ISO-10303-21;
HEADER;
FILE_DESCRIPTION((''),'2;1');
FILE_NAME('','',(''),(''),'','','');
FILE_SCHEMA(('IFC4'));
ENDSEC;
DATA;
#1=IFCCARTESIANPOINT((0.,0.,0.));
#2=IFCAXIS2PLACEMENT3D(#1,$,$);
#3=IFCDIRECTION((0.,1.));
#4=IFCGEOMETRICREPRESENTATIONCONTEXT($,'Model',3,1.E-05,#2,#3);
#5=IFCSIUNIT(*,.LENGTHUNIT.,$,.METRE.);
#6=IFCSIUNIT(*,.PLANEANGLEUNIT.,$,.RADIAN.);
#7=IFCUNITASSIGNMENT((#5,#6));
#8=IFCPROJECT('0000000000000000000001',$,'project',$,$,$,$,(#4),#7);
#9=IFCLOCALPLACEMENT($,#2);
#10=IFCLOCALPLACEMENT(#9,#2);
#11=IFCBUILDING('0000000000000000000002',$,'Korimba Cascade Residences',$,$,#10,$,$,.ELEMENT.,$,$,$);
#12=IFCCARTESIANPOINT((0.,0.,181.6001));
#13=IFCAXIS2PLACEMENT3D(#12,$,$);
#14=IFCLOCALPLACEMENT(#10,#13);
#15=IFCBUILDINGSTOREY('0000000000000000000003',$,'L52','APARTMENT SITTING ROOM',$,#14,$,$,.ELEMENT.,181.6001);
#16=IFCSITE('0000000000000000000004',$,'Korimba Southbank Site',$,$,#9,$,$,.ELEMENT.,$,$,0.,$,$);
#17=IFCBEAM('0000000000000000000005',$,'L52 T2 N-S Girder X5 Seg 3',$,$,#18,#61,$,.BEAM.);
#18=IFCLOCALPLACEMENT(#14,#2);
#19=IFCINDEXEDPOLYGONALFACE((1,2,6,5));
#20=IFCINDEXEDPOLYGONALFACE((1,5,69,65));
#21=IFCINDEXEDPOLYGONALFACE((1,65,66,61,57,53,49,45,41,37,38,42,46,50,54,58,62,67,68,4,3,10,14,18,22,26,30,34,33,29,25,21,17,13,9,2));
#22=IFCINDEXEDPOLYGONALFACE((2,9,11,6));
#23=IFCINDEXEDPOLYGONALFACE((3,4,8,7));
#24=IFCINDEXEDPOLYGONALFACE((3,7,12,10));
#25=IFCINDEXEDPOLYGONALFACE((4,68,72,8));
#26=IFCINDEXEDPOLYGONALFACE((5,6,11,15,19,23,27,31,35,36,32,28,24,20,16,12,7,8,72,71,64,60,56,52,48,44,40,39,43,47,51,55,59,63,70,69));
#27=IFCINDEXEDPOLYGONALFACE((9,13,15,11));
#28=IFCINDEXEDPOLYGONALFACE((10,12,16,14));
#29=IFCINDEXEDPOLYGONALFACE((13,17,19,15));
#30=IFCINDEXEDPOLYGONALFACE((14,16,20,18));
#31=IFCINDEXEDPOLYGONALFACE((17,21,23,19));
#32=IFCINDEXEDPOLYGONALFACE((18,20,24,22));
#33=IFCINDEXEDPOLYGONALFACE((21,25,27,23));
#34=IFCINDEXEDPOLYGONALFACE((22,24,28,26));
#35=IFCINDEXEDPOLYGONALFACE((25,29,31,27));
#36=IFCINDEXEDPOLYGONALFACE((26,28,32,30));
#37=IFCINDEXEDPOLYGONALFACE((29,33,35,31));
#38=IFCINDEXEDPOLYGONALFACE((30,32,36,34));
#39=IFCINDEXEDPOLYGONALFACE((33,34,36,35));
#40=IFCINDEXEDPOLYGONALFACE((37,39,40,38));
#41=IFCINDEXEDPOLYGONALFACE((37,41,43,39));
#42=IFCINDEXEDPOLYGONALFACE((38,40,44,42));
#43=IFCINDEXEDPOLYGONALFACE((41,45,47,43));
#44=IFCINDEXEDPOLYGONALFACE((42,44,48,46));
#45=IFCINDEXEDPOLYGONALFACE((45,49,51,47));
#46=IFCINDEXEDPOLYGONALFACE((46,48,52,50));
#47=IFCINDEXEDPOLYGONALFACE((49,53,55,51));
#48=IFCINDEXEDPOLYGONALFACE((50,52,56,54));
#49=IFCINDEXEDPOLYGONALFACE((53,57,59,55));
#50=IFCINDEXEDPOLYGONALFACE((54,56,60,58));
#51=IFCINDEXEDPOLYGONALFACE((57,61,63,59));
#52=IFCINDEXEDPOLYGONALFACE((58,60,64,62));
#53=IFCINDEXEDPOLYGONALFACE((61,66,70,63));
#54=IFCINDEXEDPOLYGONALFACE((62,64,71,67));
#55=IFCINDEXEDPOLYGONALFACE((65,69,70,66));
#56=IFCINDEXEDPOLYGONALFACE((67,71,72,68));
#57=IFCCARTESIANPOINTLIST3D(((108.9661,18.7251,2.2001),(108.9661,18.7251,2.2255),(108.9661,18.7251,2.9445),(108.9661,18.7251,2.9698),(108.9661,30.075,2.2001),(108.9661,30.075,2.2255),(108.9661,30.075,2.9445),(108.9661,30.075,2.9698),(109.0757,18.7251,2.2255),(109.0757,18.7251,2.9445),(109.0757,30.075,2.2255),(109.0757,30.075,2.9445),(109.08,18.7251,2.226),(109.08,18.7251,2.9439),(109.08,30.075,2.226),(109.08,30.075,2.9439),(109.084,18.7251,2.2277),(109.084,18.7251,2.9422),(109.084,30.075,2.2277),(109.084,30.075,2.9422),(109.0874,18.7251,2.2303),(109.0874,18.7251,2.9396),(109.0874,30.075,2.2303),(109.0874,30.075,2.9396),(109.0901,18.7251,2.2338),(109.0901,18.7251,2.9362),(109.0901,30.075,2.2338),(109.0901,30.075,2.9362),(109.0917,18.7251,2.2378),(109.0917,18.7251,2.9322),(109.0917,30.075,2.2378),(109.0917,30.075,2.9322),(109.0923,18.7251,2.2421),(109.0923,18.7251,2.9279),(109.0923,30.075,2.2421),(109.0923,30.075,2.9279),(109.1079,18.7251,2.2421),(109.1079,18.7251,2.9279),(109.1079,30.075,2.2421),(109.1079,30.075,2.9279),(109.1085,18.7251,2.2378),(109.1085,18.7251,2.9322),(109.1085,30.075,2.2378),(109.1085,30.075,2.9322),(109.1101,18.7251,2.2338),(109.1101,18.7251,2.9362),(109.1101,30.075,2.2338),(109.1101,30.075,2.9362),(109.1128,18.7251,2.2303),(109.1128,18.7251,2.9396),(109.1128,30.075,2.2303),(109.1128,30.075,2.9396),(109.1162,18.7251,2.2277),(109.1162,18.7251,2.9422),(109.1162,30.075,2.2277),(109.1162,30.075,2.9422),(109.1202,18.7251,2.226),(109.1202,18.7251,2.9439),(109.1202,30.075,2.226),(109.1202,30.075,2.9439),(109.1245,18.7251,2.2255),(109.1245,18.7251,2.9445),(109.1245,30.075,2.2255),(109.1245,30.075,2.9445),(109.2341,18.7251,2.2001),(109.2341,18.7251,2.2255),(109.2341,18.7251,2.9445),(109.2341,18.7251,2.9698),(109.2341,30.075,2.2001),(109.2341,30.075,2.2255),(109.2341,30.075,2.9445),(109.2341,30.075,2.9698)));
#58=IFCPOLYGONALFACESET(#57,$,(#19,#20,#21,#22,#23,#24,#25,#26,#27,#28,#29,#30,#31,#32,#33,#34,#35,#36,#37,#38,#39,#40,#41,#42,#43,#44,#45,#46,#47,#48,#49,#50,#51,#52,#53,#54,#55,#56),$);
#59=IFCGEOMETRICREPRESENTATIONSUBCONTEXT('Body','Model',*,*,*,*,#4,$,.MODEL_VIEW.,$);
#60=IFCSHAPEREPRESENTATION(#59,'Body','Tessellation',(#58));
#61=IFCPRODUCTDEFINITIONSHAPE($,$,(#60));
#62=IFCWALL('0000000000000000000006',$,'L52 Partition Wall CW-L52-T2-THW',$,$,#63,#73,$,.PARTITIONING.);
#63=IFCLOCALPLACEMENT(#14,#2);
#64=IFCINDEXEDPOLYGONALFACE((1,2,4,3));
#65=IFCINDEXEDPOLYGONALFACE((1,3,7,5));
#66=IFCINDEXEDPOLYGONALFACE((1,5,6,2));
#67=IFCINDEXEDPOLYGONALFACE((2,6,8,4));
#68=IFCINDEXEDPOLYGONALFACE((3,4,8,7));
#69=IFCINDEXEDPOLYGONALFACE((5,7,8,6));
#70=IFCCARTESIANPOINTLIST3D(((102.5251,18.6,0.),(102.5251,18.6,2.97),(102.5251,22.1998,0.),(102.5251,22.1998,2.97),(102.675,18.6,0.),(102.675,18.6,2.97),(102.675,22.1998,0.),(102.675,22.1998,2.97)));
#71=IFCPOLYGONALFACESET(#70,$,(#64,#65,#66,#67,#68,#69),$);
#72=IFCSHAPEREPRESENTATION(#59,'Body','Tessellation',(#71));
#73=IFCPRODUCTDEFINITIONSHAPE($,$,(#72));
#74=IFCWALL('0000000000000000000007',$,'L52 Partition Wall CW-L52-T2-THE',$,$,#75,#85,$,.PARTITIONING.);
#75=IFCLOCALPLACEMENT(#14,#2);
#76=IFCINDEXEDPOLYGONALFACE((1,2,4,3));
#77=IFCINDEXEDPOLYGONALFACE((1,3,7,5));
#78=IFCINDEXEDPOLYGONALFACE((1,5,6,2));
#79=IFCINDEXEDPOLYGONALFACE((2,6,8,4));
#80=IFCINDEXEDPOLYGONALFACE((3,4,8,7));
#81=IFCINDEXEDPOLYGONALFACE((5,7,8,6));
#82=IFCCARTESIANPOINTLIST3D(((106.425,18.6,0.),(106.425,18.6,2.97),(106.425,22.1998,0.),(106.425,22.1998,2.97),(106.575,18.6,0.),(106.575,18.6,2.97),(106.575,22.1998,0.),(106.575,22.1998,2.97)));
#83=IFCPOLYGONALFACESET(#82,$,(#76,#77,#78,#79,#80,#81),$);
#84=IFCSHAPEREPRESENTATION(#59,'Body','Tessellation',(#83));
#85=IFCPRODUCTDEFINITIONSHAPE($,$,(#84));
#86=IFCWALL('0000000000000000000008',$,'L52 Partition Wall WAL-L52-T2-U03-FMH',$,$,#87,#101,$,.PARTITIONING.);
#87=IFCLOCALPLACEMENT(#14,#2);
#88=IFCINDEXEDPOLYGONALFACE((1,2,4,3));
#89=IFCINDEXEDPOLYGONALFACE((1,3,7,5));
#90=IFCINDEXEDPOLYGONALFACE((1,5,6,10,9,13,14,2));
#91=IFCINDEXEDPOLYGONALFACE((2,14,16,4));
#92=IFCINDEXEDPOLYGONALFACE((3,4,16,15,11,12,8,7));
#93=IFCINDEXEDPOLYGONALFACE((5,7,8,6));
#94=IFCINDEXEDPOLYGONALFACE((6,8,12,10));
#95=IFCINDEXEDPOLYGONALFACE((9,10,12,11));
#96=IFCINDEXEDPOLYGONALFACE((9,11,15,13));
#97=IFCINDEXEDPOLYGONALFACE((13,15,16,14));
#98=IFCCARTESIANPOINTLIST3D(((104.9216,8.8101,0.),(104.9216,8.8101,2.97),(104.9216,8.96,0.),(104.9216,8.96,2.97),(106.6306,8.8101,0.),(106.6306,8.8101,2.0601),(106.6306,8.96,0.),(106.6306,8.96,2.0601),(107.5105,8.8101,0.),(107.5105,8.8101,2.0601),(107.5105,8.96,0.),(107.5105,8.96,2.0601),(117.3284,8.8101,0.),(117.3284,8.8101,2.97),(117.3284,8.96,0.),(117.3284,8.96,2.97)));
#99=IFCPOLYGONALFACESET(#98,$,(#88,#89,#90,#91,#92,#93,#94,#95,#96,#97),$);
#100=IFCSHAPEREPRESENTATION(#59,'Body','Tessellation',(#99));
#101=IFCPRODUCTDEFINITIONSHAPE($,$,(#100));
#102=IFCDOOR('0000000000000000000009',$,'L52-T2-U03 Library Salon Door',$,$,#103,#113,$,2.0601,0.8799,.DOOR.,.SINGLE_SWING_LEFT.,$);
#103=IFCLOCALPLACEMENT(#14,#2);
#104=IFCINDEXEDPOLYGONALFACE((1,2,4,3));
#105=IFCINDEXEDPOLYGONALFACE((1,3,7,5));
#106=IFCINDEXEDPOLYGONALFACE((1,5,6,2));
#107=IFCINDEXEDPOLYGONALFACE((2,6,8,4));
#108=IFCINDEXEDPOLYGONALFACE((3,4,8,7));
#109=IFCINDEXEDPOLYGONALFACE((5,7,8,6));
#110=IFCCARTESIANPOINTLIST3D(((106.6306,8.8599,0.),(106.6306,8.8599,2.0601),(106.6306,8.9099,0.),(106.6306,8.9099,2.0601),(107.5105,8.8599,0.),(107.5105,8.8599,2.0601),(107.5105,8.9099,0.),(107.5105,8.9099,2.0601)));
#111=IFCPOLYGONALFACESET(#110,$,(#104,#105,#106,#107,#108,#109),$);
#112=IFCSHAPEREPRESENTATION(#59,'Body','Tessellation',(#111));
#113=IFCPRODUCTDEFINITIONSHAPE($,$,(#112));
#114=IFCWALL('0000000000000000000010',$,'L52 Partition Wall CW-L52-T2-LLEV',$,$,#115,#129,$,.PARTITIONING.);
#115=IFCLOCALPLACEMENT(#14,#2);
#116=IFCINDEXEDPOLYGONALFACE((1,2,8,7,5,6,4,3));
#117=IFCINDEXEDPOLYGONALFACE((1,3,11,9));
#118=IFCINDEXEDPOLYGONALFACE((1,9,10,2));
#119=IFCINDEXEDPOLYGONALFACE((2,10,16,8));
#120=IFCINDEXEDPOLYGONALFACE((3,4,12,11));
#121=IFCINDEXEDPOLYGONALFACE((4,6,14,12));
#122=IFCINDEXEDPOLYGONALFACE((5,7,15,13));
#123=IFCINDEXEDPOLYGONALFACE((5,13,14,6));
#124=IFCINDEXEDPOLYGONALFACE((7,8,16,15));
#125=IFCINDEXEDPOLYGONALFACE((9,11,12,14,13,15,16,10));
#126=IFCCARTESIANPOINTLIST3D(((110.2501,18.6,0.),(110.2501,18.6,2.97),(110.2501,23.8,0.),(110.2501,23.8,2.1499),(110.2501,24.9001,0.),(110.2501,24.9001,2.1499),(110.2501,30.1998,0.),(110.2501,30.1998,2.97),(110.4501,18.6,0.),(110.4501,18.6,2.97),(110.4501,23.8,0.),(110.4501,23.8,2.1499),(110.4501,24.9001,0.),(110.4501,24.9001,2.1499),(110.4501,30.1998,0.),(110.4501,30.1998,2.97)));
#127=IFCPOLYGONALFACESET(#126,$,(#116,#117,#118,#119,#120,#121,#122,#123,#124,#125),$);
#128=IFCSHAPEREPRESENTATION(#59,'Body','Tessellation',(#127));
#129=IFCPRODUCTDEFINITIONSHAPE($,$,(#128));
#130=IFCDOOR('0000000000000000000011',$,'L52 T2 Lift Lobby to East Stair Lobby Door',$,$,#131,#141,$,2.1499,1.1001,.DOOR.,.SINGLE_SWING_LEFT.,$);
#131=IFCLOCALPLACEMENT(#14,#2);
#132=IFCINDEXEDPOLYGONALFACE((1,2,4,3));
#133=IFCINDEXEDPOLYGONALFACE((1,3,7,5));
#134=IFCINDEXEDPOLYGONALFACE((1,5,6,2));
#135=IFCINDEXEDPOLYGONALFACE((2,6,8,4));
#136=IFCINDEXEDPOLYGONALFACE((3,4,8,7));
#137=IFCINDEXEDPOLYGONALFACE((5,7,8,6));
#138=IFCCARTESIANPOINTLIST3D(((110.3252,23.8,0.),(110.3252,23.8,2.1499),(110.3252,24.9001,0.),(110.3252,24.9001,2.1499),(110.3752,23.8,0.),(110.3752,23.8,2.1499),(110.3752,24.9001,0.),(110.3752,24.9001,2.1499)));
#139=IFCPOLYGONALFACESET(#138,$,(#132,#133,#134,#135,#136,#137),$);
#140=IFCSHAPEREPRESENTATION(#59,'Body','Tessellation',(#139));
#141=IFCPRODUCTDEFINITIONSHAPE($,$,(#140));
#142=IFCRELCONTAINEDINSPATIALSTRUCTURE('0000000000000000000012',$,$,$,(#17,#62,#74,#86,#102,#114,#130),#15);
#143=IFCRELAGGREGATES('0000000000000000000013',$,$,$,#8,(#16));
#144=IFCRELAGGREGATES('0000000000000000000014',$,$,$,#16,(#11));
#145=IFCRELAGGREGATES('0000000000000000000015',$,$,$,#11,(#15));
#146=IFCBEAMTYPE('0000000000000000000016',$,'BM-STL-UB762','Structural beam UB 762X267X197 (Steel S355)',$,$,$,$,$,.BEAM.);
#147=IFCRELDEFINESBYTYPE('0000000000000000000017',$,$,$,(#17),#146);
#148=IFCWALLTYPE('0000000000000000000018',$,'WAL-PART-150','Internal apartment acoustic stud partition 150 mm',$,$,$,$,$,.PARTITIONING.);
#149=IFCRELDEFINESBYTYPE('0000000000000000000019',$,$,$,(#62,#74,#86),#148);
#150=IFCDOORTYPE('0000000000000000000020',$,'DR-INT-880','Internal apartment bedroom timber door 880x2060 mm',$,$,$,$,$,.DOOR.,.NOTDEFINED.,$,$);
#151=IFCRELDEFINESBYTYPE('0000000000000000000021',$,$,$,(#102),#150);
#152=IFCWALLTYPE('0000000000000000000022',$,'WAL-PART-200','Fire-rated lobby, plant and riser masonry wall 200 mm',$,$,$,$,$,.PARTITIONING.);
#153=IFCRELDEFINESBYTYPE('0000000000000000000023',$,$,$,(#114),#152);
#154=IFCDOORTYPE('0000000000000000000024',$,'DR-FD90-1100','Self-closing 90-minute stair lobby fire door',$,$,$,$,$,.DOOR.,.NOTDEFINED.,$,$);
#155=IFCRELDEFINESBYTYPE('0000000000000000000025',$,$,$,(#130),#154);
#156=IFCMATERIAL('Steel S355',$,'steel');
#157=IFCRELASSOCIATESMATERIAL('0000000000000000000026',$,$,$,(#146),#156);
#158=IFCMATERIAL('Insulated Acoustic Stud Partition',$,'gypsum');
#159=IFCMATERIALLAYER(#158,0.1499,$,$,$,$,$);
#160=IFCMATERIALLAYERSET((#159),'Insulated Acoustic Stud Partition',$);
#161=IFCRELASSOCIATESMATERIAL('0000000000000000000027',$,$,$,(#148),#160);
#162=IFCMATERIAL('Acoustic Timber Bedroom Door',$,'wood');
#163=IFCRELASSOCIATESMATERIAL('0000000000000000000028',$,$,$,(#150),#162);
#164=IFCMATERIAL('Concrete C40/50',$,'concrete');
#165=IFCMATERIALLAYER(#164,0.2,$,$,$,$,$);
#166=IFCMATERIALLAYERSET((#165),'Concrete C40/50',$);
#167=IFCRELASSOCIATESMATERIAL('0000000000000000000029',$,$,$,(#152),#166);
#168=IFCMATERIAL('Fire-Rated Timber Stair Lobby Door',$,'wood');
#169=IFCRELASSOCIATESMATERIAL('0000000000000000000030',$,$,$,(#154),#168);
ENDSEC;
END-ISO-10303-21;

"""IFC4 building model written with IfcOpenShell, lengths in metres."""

from ifc_helpers import new_model, si_unit, direction, frame, frame_2d, origin, origin_2d, place, context, subcontext, project, spatial, rectangle, i_section, extrude, material, layer, layer_set, material_profile, profile_set, type_object, element, fill, save


model = new_model("IFC4")

# Units and contexts
model_context = context("Model", 3, precision=1e-05, world=origin(), true_north=direction((0.0, 1.0)))
body_context = subcontext(model_context, "Body", "Model", "MODEL_VIEW")
ifc_project = project(units=[si_unit("LENGTHUNIT", "METRE"), si_unit("PLANEANGLEUNIT", "RADIAN")], contexts=[model_context])

# Site, building, storey
site_placement = place(None, origin())
site = spatial("IfcSite", under=ifc_project, at=site_placement, Name="Korimba Southbank Site", CompositionType="ELEMENT", RefElevation=0.0)
building_placement = place(site_placement, origin())
building = spatial("IfcBuilding", under=site, at=building_placement, Name="Korimba Cascade Residences", CompositionType="ELEMENT")
storey_placement = place(building_placement, frame((0.0, 0.0, 181.6001)))
storey = spatial("IfcBuildingStorey", under=building, at=storey_placement, Name="L52", Description="APARTMENT SITTING ROOM", CompositionType="ELEMENT", Elevation=181.6001)

# Beam
ifc_material_1 = material(Name="Steel S355", Category="steel")
ifc_material_profile_1 = material_profile(ifc_material_1, i_section(OverallWidth=0.2681, OverallDepth=0.7698, WebThickness=0.0156, FlangeThickness=0.0254, FilletRadius=0.0166, at=origin_2d()), Name="Steel S355")
ifc_profile_set_1 = profile_set([ifc_material_profile_1], Name="Steel S355")
beam_type = type_object("IfcBeamType", Name="BM-STL-UB762", Description="Structural beam UB 762X267X197 (Steel S355)", PredefinedType="BEAM", material=ifc_profile_set_1)
beam_1_placement = place(storey_placement, frame((109.1001, 18.7251, 2.585), z_axis=(0.0, 1.0, 0.0), x_axis=(-1.0, 0.0, 0.0)))
element("IfcBeam", 1, at=beam_1_placement, inside=storey, type_object=beam_type, Name="L52 T2 N-S Girder X5 Seg 3", PredefinedType="BEAM", context=body_context, shape_type="SweptSolid", body=[
    extrude(i_section(OverallWidth=0.2681, OverallDepth=0.7698, WebThickness=0.0156, FlangeThickness=0.0254, FilletRadius=0.0166, at=origin_2d()), origin(), (0.0, 0.0, 1.0), 11.3499),
])

# Walls
ifc_material_2 = material(Name="Insulated Acoustic Stud Partition", Category="gypsum")
ifc_layer_1 = layer(ifc_material_2, 0.1499)
ifc_layer_set_1 = layer_set([ifc_layer_1], Name="Insulated Acoustic Stud Partition")
wall_type_1 = type_object("IfcWallType", Name="WAL-PART-150", Description="Internal apartment acoustic stud partition 150 mm", PredefinedType="PARTITIONING", material=ifc_layer_set_1)
for number, where, z_axis, x_axis, name in (
    (2, (102.6001, 18.6001, 0.0), (0.0, 0.0, 1.0), (0.0, 1.0, 0.0), "L52 Partition Wall CW-L52-T2-THW"),
    (3, (106.5, 18.6001, 0.0), (0.0, 0.0, 1.0), (0.0, 1.0, 0.0), "L52 Partition Wall CW-L52-T2-THE"),
):
    element("IfcWall", number, at=place(storey_placement, frame(where, z_axis=z_axis, x_axis=x_axis)), inside=storey, type_object=wall_type_1, Name=name, PredefinedType="PARTITIONING", context=body_context, shape_type="SweptSolid", body=[
        extrude(rectangle(XDim=3.5999, YDim=0.1499, at=frame_2d((1.7998, 0.0))), origin(), (0.0, 0.0, 1.0), 2.97),
    ])

# Walls, openings, doors
wall_1_placement = place(storey_placement, frame((104.9216, 8.885, 0.0), z_axis=(0.0, 0.0, 1.0), x_axis=(1.0, 0.0, 0.0)))
wall_1 = element("IfcWall", 4, at=wall_1_placement, inside=storey, type_object=wall_type_1, Name="L52 Partition Wall WAL-L52-T2-U03-FMH", PredefinedType="PARTITIONING", context=body_context, shape_type="SweptSolid", body=[
    extrude(rectangle(XDim=12.4067, YDim=0.1499, at=frame_2d((6.2034, 0.0))), origin(), (0.0, 0.0, 1.0), 2.97),
])
opening_1_placement = place(wall_1_placement, frame((1.709, 0.0, 0.0)))
opening_1 = element("IfcOpeningElement", 5, at=opening_1_placement, cuts=wall_1, PredefinedType="OPENING", context=body_context, shape_type="SweptSolid", body=[
    extrude(rectangle(XDim=0.8799, YDim=2.0601, at=frame_2d((0.4399, 1.03))), frame((0.0, 0.085, 0.0), z_axis=(0.0, -1.0, 0.0), x_axis=(1.0, 0.0, 0.0)), (0.0, 0.0, 1.0), 0.1699),
])
ifc_material_3 = material(Name="Acoustic Timber Bedroom Door", Category="wood")
door_type_1 = type_object("IfcDoorType", Name="DR-INT-880", Description="Internal apartment bedroom timber door 880x2060 mm", OperationType="NOTDEFINED", PredefinedType="DOOR", material=ifc_material_3)
door_1_placement = place(opening_1_placement, origin())
door_1 = element("IfcDoor", 6, at=door_1_placement, inside=storey, type_object=door_type_1, Name="L52-T2-U03 Library Salon Door", OperationType="SINGLE_SWING_LEFT", OverallHeight=2.0601, OverallWidth=0.8799, PredefinedType="DOOR", context=body_context, shape_type="SweptSolid", body=[
    extrude(rectangle(XDim=0.8799, YDim=2.0601, at=frame_2d((0.4399, 1.03))), frame((0.0, 0.0249, 0.0), z_axis=(0.0, -1.0, 0.0), x_axis=(1.0, 0.0, 0.0)), (0.0, 0.0, 1.0), 0.05),
])
fill(opening_1, door_1)
ifc_material_4 = material(Name="Concrete C40/50", Category="concrete")
ifc_layer_2 = layer(ifc_material_4, 0.2)
ifc_layer_set_2 = layer_set([ifc_layer_2], Name="Concrete C40/50")
wall_type_2 = type_object("IfcWallType", Name="WAL-PART-200", Description="Fire-rated lobby, plant and riser masonry wall 200 mm", PredefinedType="PARTITIONING", material=ifc_layer_set_2)
wall_2_placement = place(storey_placement, frame((110.3501, 18.6001, 0.0), z_axis=(0.0, 0.0, 1.0), x_axis=(0.0, 1.0, 0.0)))
wall_2 = element("IfcWall", 7, at=wall_2_placement, inside=storey, type_object=wall_type_2, Name="L52 Partition Wall CW-L52-T2-LLEV", PredefinedType="PARTITIONING", context=body_context, shape_type="SweptSolid", body=[
    extrude(rectangle(XDim=11.5999, YDim=0.2, at=frame_2d((5.7998, 0.0))), origin(), (0.0, 0.0, 1.0), 2.97),
])
opening_2_placement = place(wall_2_placement, frame((5.2, 0.0, 0.0)))
opening_2 = element("IfcOpeningElement", 8, at=opening_2_placement, cuts=wall_2, PredefinedType="OPENING", context=body_context, shape_type="SweptSolid", body=[
    extrude(rectangle(XDim=1.1001, YDim=2.1499, at=frame_2d((0.55, 1.075))), frame((0.0, 0.1099, 0.0), z_axis=(0.0, -1.0, 0.0), x_axis=(1.0, 0.0, 0.0)), (0.0, 0.0, 1.0), 0.22),
])
ifc_material_5 = material(Name="Fire-Rated Timber Stair Lobby Door", Category="wood")
door_type_2 = type_object("IfcDoorType", Name="DR-FD90-1100", Description="Self-closing 90-minute stair lobby fire door", OperationType="NOTDEFINED", PredefinedType="DOOR", material=ifc_material_5)
door_2_placement = place(opening_2_placement, origin())
door_2 = element("IfcDoor", 9, at=door_2_placement, inside=storey, type_object=door_type_2, Name="L52 T2 Lift Lobby to East Stair Lobby Door", OperationType="SINGLE_SWING_LEFT", OverallHeight=2.1499, OverallWidth=1.1001, PredefinedType="DOOR", context=body_context, shape_type="SweptSolid", body=[
    extrude(rectangle(XDim=1.1001, YDim=2.1499, at=frame_2d((0.55, 1.075))), frame((0.0, 0.0249, 0.0), z_axis=(0.0, -1.0, 0.0), x_axis=(1.0, 0.0, 0.0)), (0.0, 0.0, 1.0), 0.05),
])
fill(opening_2, door_2)

save(model, "model.ifc")
